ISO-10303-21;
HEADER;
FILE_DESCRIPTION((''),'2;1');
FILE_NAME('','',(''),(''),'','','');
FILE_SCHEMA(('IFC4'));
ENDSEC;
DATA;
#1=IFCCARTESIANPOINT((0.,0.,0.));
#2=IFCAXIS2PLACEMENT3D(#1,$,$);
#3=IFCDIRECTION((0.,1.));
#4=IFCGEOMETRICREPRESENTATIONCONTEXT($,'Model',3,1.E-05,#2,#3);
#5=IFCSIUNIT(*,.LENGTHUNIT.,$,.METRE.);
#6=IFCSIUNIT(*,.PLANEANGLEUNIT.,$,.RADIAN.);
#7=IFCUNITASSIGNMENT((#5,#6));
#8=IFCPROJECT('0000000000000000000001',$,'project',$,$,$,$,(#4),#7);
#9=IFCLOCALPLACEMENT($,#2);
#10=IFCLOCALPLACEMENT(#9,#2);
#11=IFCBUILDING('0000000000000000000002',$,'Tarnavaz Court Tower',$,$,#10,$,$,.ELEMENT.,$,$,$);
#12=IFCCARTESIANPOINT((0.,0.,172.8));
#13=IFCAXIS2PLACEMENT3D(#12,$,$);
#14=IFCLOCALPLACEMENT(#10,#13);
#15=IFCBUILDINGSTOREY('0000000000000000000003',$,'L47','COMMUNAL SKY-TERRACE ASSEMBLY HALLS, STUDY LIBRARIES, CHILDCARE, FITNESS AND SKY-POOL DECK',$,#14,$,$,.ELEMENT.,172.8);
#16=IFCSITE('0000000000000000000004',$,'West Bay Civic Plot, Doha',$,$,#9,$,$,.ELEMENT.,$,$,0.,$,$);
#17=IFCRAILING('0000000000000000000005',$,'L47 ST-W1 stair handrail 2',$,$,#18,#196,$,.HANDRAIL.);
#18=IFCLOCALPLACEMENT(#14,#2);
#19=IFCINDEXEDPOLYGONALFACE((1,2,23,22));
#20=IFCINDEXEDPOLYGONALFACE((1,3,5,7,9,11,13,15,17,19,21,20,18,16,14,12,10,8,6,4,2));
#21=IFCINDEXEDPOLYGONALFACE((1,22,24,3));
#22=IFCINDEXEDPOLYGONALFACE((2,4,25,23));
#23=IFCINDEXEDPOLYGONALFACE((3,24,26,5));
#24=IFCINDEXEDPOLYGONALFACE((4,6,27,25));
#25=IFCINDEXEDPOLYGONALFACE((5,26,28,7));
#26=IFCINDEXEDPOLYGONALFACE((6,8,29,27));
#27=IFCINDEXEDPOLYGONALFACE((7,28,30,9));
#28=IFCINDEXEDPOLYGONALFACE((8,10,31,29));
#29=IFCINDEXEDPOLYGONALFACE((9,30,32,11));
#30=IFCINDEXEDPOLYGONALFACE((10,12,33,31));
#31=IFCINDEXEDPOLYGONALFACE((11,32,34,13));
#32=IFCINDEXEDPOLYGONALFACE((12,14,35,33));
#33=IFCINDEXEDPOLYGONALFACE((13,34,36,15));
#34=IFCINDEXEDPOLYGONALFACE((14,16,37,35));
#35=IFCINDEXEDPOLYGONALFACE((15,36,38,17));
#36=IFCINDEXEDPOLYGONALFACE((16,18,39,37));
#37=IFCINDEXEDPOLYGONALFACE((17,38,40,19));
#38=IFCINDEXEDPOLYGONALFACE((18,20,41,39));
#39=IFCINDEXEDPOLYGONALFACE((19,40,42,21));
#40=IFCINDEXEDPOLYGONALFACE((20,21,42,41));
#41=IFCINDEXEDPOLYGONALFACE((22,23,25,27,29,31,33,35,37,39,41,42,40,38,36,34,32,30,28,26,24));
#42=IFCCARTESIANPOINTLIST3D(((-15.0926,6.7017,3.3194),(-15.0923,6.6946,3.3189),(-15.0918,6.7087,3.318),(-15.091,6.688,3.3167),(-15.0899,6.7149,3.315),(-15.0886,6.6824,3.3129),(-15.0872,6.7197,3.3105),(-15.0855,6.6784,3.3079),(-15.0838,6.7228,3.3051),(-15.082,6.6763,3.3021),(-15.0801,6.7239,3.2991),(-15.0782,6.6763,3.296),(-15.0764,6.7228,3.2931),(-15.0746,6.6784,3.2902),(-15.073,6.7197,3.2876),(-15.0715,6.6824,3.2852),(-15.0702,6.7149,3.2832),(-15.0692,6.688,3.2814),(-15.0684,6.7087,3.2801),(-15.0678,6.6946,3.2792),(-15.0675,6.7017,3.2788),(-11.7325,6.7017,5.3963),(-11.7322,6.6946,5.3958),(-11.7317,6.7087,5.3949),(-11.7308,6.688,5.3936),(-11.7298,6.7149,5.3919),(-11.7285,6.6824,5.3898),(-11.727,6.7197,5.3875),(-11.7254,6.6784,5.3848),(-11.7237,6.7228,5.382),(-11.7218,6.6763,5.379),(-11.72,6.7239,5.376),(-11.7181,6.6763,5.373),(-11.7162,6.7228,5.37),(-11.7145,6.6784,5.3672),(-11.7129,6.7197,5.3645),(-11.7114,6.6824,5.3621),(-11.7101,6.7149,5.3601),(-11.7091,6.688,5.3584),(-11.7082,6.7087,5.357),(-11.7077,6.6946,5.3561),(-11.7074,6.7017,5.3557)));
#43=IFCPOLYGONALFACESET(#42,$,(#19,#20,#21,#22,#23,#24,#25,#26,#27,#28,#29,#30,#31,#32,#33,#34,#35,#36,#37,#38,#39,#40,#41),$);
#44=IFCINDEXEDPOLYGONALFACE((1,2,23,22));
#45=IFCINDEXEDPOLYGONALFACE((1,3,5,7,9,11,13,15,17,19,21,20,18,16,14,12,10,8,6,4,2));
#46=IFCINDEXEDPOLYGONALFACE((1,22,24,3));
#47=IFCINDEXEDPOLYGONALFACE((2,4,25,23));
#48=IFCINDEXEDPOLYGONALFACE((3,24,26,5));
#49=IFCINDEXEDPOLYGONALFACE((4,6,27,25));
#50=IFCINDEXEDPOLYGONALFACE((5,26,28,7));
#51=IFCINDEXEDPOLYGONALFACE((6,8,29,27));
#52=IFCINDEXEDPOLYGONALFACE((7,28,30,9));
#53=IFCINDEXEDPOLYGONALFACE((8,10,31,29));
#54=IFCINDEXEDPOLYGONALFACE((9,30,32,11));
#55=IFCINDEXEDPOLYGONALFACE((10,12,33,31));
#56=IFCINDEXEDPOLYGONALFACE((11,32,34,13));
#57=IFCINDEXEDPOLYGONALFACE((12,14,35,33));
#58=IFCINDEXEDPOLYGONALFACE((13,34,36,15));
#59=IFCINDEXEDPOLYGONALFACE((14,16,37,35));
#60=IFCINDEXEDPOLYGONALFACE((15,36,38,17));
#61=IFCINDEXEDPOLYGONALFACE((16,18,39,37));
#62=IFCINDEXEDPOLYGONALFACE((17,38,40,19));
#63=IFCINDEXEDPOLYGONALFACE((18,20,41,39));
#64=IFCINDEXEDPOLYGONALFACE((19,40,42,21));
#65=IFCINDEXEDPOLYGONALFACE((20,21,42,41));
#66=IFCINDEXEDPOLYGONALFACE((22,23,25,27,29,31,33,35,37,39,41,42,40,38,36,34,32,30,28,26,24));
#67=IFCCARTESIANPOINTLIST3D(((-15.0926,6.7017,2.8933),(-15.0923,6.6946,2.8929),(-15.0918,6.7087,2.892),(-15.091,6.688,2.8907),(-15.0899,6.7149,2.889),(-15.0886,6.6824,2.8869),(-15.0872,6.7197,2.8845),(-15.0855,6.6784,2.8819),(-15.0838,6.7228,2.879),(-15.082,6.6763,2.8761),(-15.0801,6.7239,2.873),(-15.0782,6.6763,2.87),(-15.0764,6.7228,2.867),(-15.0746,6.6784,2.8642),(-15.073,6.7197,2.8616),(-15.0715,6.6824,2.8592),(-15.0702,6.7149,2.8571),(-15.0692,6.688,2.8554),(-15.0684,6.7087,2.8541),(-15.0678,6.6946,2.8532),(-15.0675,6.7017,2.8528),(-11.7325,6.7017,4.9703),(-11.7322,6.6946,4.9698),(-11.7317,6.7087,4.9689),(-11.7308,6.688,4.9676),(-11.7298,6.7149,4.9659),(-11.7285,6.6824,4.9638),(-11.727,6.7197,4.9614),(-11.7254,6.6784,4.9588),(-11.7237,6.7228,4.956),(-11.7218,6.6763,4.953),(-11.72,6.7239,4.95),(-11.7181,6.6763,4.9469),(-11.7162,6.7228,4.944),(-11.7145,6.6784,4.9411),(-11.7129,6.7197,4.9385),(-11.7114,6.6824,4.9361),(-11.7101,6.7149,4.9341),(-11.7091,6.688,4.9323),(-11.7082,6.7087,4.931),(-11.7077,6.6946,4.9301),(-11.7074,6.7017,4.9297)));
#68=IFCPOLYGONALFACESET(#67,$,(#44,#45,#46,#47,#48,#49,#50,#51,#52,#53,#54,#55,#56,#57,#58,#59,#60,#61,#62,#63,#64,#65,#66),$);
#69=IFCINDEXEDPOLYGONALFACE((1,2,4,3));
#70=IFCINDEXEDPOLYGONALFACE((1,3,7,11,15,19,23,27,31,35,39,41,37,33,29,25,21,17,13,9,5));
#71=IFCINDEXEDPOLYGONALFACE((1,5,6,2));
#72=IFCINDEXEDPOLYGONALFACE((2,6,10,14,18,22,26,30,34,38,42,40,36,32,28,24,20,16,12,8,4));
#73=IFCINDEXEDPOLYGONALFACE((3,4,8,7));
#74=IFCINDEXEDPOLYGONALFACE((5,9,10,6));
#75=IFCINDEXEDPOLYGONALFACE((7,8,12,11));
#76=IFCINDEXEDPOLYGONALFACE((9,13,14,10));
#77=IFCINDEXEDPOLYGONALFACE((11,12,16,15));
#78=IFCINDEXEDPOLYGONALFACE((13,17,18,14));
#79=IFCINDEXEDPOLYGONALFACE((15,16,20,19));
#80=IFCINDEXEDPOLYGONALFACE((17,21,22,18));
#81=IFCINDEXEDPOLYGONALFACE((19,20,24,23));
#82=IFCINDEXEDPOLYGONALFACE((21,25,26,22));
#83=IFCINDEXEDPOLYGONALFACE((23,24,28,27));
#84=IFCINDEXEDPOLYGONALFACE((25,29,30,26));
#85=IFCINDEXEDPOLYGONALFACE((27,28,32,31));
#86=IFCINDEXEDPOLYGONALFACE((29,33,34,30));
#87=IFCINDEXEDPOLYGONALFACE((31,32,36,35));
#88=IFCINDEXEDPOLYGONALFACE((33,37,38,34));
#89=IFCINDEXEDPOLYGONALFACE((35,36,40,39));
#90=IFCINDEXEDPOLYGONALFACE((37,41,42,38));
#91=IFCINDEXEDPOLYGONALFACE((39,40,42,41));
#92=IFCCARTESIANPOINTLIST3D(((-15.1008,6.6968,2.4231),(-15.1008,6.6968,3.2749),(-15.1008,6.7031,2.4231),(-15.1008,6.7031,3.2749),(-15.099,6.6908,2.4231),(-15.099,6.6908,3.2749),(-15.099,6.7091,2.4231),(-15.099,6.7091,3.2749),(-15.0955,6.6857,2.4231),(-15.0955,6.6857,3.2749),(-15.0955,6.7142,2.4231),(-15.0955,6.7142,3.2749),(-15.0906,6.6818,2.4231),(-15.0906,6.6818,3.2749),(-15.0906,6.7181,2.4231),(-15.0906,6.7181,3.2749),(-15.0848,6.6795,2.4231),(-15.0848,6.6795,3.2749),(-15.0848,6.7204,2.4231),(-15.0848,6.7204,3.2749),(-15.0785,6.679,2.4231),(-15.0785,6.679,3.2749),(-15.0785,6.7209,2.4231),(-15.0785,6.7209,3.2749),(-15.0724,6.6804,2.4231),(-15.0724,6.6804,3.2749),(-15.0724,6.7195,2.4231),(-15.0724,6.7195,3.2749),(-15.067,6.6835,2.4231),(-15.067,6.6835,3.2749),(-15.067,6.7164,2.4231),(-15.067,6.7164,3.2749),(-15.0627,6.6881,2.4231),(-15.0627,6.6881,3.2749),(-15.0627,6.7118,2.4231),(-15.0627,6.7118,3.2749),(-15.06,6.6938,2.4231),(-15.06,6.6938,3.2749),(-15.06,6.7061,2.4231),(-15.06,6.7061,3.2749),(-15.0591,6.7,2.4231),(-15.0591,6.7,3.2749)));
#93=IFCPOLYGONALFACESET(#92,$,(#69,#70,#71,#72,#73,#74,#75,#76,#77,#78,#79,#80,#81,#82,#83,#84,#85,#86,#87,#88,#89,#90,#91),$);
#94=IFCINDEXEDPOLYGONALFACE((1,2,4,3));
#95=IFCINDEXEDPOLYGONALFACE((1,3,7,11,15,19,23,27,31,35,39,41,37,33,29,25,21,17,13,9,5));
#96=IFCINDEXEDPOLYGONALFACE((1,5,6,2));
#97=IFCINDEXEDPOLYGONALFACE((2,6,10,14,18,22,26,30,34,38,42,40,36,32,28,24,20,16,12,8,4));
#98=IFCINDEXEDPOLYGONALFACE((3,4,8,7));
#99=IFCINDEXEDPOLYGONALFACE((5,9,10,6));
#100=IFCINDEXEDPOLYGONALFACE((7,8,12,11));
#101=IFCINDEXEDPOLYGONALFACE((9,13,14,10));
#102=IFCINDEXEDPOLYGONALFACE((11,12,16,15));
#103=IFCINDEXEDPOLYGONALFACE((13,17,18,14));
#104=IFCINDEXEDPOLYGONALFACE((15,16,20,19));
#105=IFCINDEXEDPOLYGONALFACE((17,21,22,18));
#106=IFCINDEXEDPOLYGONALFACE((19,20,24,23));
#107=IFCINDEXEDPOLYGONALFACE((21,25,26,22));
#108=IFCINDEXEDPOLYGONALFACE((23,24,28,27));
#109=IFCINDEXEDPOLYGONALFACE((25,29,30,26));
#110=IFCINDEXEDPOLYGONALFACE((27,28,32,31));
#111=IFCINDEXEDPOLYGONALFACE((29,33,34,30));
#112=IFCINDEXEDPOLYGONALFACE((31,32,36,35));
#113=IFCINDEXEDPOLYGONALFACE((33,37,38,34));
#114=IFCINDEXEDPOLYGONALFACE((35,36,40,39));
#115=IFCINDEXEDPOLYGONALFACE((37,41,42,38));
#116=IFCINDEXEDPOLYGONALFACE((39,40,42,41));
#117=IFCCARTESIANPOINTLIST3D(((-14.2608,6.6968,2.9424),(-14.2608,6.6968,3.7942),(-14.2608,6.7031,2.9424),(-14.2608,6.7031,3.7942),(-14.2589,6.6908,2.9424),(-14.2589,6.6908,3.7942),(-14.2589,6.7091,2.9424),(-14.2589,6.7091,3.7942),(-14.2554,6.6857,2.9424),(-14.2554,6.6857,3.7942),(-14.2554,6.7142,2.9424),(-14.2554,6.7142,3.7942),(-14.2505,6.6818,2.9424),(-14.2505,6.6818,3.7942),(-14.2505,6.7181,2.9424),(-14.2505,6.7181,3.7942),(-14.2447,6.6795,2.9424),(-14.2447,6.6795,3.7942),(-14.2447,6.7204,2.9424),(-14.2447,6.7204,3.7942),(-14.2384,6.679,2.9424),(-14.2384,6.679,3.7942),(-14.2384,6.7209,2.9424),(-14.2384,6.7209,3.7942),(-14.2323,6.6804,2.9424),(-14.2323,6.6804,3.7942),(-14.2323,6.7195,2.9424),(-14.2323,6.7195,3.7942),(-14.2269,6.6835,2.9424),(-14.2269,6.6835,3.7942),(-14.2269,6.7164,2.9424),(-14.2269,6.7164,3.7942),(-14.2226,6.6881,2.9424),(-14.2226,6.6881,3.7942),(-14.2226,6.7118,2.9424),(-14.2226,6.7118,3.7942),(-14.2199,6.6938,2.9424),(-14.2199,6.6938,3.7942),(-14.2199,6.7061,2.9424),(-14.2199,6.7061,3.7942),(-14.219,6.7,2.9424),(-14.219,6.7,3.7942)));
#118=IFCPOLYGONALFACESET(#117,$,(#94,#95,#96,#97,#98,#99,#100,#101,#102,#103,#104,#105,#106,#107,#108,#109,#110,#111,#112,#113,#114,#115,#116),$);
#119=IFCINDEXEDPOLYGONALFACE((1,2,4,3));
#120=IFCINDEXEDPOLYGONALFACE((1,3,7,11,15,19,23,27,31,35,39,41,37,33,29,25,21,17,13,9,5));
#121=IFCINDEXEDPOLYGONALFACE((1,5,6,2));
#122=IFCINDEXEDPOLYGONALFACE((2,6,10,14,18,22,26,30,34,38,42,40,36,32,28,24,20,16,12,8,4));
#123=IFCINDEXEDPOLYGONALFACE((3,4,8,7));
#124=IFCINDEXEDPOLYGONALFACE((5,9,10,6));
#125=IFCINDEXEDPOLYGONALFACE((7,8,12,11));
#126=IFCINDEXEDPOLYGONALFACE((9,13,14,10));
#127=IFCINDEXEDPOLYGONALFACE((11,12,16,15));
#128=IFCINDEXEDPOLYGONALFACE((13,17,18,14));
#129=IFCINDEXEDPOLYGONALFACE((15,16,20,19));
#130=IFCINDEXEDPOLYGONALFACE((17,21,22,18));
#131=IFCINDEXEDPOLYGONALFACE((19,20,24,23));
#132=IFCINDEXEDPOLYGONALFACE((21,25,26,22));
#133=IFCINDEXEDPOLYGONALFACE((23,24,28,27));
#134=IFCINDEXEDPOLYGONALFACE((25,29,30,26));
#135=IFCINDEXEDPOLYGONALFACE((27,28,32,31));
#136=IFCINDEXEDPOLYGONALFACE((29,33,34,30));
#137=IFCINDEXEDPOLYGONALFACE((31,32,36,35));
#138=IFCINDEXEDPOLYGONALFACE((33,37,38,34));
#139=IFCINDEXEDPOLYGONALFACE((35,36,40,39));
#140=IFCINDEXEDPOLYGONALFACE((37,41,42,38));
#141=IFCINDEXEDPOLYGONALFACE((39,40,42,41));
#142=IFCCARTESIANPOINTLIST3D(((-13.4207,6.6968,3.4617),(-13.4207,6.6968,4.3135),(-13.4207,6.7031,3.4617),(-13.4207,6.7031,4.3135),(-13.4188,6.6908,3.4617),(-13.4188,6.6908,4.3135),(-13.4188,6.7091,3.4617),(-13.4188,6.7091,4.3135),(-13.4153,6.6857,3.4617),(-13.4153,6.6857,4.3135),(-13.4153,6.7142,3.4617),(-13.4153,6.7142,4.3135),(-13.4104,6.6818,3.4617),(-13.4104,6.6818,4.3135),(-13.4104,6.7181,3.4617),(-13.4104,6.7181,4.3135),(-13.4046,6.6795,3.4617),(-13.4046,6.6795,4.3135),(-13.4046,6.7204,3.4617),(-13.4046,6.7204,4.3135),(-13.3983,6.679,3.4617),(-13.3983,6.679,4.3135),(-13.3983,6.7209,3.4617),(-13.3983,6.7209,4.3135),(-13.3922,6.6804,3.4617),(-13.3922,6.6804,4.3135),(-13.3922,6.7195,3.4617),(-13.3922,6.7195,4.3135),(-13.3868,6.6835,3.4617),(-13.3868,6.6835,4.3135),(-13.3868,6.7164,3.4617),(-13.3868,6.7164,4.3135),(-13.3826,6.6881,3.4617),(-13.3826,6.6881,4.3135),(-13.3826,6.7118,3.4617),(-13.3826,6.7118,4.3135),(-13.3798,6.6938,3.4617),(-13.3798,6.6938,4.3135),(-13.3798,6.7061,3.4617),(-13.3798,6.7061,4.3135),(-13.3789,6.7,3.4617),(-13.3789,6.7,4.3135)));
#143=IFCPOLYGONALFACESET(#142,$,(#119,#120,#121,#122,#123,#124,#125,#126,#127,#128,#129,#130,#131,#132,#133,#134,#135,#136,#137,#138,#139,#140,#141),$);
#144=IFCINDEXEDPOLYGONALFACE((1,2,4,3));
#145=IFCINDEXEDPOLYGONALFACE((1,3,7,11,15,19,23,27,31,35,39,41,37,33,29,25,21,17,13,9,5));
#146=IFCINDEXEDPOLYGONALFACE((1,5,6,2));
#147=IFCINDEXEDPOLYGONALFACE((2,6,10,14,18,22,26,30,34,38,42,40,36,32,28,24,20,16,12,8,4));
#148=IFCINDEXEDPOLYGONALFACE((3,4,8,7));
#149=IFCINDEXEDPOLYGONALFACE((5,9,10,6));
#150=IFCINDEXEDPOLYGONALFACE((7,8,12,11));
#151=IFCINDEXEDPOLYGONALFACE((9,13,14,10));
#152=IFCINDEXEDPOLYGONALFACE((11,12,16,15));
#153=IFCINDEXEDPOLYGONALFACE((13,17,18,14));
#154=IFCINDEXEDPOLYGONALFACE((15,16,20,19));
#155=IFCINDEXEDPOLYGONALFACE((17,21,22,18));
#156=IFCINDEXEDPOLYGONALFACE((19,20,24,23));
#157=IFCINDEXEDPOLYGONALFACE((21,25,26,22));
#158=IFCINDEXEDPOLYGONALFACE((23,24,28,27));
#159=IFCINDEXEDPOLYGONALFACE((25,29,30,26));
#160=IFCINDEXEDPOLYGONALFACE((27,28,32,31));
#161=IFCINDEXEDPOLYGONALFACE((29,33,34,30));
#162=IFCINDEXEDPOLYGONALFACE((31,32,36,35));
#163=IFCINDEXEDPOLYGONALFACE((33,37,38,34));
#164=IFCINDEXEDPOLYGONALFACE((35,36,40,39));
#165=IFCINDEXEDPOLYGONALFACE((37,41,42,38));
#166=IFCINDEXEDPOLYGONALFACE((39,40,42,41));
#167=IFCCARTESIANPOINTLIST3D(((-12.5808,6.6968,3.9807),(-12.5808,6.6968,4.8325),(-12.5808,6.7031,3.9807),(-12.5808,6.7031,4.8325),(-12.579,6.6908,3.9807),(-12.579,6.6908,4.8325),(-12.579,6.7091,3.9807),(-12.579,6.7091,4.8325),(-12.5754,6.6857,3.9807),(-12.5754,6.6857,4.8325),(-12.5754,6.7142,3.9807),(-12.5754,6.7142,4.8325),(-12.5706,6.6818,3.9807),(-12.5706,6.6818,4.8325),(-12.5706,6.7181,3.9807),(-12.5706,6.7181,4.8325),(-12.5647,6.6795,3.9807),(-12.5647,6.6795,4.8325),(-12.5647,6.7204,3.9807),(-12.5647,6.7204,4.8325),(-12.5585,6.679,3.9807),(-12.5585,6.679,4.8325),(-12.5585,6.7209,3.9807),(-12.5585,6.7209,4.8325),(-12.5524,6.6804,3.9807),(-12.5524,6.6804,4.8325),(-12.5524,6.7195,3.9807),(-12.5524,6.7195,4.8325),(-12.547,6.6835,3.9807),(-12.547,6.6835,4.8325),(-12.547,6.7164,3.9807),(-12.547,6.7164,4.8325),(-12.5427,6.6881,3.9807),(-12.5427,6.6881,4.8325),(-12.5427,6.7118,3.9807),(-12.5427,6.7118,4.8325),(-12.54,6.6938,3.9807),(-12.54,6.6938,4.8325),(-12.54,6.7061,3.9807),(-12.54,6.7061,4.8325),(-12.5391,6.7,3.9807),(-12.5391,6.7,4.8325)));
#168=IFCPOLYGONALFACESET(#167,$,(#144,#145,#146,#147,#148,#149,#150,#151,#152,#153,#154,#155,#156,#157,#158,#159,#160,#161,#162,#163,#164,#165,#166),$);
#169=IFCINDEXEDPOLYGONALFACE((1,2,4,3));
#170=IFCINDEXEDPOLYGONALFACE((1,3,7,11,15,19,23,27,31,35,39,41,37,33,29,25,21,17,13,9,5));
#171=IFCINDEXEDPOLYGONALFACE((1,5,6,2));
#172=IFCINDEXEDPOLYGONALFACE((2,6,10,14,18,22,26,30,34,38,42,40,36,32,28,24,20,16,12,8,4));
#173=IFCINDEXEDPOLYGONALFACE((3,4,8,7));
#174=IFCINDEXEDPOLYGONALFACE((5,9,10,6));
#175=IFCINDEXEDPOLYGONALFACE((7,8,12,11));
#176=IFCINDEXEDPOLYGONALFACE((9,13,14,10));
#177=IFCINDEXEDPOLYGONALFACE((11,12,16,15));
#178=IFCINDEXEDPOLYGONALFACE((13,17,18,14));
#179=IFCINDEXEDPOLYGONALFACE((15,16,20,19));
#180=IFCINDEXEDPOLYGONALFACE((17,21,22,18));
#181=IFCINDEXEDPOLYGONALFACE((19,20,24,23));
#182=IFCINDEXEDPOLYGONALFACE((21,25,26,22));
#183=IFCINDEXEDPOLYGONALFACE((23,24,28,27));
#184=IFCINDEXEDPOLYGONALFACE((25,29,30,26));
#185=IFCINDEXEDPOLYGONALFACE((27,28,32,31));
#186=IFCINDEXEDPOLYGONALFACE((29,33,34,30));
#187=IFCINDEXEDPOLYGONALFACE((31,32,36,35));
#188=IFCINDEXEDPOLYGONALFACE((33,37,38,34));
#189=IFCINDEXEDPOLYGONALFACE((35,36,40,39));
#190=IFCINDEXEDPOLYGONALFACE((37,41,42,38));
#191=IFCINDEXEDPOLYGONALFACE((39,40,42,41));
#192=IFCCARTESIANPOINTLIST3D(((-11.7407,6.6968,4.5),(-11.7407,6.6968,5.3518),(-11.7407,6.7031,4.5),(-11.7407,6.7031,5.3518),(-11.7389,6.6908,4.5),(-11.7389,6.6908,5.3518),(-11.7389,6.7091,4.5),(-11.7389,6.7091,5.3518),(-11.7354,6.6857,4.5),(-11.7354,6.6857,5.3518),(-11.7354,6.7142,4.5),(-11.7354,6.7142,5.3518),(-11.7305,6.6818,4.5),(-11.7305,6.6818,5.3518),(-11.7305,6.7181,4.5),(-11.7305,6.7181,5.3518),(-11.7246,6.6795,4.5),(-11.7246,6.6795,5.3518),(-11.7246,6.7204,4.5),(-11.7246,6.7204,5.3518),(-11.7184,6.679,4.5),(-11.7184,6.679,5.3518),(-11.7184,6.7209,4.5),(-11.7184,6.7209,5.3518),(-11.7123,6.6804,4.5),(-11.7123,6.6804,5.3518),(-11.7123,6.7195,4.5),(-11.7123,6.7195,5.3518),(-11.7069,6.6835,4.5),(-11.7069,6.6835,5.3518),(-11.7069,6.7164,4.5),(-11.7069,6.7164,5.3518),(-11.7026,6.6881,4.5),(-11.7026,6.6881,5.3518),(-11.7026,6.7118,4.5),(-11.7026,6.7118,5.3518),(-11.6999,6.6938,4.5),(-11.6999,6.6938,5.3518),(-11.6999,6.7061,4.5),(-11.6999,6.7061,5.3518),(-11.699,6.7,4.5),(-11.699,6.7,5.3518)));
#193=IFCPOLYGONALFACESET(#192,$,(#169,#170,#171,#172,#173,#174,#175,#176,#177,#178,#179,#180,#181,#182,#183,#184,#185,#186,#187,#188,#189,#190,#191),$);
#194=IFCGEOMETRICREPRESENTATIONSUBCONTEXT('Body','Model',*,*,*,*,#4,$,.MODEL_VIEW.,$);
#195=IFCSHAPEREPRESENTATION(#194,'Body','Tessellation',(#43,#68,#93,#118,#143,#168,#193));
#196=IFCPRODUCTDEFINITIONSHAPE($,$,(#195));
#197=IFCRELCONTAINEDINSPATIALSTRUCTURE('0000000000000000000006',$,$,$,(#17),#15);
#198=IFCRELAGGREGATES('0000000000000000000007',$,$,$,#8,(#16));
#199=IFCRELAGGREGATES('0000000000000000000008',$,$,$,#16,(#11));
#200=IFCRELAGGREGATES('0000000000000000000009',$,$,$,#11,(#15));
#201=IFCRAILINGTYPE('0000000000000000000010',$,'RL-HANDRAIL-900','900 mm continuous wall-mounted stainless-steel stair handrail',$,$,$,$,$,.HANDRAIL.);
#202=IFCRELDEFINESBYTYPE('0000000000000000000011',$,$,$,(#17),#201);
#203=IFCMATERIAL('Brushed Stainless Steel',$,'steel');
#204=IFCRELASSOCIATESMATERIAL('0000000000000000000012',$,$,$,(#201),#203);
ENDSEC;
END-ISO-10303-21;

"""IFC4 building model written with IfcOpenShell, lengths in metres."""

from ifc_helpers import new_model, si_unit, direction, frame, origin, origin_2d, place, context, subcontext, project, spatial, circle, extrude, material, type_object, element, save


model = new_model("IFC4")

# Units and contexts
model_context = context("Model", 3, precision=1e-05, world=origin(), true_north=direction((0.0, 1.0)))
body_context = subcontext(model_context, "Body", "Model", "MODEL_VIEW")
ifc_project = project(units=[si_unit("LENGTHUNIT", "METRE"), si_unit("PLANEANGLEUNIT", "RADIAN")], contexts=[model_context])

# Site, building, storey
site_placement = place(None, origin())
site = spatial("IfcSite", under=ifc_project, at=site_placement, Name="West Bay Civic Plot, Doha", CompositionType="ELEMENT", RefElevation=0.0)
building_placement = place(site_placement, origin())
building = spatial("IfcBuilding", under=site, at=building_placement, Name="Tarnavaz Court Tower", CompositionType="ELEMENT")
storey_placement = place(building_placement, frame((0.0, 0.0, 172.8)))
storey = spatial("IfcBuildingStorey", under=building, at=storey_placement, Name="L47", Description="COMMUNAL SKY-TERRACE ASSEMBLY HALLS, STUDY LIBRARIES, CHILDCARE, FITNESS AND SKY-POOL DECK", CompositionType="ELEMENT", Elevation=172.8)

# Railing
ifc_material_1 = material(Name="Brushed Stainless Steel", Category="steel")
railing_type_1 = type_object("IfcRailingType", Name="RL-HANDRAIL-900", Description="900 mm continuous wall-mounted stainless-steel stair handrail", PredefinedType="HANDRAIL", material=ifc_material_1)
railing_1_placement = place(storey_placement, frame((-15.0801, 6.7, 2.4231)))
element("IfcRailing", 1, at=railing_1_placement, inside=storey, type_object=railing_type_1, Name="L47 ST-W1 stair handrail 2", PredefinedType="HANDRAIL", context=body_context, shape_type="SweptSolid", body=[
    extrude(circle(Radius=0.0239, at=origin_2d()), frame((0.0, 0.0, 0.876), z_axis=(0.850623, 0.0, 0.525776), x_axis=(0.0, 1.0, 0.0)), (0.0, 0.0, 1.0), 3.9502),
    extrude(circle(Radius=0.0239, at=origin_2d()), frame((0.0, 0.0, 0.45), z_axis=(0.850623, 0.0, 0.525776), x_axis=(0.0, 1.0, 0.0)), (0.0, 0.0, 1.0), 3.9502),
    extrude(circle(Radius=0.021, at=origin_2d()), origin(), (0.0, 0.0, 1.0), 0.8518),
    extrude(circle(Radius=0.021, at=origin_2d()), frame((0.8401, 0.0, 0.5193)), (0.0, 0.0, 1.0), 0.8518),
    extrude(circle(Radius=0.021, at=origin_2d()), frame((1.6802, 0.0, 1.0386)), (0.0, 0.0, 1.0), 0.8518),
    extrude(circle(Radius=0.021, at=origin_2d()), frame((2.52, 0.0, 1.5576)), (0.0, 0.0, 1.0), 0.8518),
    extrude(circle(Radius=0.021, at=origin_2d()), frame((3.3601, 0.0, 2.0769)), (0.0, 0.0, 1.0), 0.8518),
])

save(model, "model.ifc")
